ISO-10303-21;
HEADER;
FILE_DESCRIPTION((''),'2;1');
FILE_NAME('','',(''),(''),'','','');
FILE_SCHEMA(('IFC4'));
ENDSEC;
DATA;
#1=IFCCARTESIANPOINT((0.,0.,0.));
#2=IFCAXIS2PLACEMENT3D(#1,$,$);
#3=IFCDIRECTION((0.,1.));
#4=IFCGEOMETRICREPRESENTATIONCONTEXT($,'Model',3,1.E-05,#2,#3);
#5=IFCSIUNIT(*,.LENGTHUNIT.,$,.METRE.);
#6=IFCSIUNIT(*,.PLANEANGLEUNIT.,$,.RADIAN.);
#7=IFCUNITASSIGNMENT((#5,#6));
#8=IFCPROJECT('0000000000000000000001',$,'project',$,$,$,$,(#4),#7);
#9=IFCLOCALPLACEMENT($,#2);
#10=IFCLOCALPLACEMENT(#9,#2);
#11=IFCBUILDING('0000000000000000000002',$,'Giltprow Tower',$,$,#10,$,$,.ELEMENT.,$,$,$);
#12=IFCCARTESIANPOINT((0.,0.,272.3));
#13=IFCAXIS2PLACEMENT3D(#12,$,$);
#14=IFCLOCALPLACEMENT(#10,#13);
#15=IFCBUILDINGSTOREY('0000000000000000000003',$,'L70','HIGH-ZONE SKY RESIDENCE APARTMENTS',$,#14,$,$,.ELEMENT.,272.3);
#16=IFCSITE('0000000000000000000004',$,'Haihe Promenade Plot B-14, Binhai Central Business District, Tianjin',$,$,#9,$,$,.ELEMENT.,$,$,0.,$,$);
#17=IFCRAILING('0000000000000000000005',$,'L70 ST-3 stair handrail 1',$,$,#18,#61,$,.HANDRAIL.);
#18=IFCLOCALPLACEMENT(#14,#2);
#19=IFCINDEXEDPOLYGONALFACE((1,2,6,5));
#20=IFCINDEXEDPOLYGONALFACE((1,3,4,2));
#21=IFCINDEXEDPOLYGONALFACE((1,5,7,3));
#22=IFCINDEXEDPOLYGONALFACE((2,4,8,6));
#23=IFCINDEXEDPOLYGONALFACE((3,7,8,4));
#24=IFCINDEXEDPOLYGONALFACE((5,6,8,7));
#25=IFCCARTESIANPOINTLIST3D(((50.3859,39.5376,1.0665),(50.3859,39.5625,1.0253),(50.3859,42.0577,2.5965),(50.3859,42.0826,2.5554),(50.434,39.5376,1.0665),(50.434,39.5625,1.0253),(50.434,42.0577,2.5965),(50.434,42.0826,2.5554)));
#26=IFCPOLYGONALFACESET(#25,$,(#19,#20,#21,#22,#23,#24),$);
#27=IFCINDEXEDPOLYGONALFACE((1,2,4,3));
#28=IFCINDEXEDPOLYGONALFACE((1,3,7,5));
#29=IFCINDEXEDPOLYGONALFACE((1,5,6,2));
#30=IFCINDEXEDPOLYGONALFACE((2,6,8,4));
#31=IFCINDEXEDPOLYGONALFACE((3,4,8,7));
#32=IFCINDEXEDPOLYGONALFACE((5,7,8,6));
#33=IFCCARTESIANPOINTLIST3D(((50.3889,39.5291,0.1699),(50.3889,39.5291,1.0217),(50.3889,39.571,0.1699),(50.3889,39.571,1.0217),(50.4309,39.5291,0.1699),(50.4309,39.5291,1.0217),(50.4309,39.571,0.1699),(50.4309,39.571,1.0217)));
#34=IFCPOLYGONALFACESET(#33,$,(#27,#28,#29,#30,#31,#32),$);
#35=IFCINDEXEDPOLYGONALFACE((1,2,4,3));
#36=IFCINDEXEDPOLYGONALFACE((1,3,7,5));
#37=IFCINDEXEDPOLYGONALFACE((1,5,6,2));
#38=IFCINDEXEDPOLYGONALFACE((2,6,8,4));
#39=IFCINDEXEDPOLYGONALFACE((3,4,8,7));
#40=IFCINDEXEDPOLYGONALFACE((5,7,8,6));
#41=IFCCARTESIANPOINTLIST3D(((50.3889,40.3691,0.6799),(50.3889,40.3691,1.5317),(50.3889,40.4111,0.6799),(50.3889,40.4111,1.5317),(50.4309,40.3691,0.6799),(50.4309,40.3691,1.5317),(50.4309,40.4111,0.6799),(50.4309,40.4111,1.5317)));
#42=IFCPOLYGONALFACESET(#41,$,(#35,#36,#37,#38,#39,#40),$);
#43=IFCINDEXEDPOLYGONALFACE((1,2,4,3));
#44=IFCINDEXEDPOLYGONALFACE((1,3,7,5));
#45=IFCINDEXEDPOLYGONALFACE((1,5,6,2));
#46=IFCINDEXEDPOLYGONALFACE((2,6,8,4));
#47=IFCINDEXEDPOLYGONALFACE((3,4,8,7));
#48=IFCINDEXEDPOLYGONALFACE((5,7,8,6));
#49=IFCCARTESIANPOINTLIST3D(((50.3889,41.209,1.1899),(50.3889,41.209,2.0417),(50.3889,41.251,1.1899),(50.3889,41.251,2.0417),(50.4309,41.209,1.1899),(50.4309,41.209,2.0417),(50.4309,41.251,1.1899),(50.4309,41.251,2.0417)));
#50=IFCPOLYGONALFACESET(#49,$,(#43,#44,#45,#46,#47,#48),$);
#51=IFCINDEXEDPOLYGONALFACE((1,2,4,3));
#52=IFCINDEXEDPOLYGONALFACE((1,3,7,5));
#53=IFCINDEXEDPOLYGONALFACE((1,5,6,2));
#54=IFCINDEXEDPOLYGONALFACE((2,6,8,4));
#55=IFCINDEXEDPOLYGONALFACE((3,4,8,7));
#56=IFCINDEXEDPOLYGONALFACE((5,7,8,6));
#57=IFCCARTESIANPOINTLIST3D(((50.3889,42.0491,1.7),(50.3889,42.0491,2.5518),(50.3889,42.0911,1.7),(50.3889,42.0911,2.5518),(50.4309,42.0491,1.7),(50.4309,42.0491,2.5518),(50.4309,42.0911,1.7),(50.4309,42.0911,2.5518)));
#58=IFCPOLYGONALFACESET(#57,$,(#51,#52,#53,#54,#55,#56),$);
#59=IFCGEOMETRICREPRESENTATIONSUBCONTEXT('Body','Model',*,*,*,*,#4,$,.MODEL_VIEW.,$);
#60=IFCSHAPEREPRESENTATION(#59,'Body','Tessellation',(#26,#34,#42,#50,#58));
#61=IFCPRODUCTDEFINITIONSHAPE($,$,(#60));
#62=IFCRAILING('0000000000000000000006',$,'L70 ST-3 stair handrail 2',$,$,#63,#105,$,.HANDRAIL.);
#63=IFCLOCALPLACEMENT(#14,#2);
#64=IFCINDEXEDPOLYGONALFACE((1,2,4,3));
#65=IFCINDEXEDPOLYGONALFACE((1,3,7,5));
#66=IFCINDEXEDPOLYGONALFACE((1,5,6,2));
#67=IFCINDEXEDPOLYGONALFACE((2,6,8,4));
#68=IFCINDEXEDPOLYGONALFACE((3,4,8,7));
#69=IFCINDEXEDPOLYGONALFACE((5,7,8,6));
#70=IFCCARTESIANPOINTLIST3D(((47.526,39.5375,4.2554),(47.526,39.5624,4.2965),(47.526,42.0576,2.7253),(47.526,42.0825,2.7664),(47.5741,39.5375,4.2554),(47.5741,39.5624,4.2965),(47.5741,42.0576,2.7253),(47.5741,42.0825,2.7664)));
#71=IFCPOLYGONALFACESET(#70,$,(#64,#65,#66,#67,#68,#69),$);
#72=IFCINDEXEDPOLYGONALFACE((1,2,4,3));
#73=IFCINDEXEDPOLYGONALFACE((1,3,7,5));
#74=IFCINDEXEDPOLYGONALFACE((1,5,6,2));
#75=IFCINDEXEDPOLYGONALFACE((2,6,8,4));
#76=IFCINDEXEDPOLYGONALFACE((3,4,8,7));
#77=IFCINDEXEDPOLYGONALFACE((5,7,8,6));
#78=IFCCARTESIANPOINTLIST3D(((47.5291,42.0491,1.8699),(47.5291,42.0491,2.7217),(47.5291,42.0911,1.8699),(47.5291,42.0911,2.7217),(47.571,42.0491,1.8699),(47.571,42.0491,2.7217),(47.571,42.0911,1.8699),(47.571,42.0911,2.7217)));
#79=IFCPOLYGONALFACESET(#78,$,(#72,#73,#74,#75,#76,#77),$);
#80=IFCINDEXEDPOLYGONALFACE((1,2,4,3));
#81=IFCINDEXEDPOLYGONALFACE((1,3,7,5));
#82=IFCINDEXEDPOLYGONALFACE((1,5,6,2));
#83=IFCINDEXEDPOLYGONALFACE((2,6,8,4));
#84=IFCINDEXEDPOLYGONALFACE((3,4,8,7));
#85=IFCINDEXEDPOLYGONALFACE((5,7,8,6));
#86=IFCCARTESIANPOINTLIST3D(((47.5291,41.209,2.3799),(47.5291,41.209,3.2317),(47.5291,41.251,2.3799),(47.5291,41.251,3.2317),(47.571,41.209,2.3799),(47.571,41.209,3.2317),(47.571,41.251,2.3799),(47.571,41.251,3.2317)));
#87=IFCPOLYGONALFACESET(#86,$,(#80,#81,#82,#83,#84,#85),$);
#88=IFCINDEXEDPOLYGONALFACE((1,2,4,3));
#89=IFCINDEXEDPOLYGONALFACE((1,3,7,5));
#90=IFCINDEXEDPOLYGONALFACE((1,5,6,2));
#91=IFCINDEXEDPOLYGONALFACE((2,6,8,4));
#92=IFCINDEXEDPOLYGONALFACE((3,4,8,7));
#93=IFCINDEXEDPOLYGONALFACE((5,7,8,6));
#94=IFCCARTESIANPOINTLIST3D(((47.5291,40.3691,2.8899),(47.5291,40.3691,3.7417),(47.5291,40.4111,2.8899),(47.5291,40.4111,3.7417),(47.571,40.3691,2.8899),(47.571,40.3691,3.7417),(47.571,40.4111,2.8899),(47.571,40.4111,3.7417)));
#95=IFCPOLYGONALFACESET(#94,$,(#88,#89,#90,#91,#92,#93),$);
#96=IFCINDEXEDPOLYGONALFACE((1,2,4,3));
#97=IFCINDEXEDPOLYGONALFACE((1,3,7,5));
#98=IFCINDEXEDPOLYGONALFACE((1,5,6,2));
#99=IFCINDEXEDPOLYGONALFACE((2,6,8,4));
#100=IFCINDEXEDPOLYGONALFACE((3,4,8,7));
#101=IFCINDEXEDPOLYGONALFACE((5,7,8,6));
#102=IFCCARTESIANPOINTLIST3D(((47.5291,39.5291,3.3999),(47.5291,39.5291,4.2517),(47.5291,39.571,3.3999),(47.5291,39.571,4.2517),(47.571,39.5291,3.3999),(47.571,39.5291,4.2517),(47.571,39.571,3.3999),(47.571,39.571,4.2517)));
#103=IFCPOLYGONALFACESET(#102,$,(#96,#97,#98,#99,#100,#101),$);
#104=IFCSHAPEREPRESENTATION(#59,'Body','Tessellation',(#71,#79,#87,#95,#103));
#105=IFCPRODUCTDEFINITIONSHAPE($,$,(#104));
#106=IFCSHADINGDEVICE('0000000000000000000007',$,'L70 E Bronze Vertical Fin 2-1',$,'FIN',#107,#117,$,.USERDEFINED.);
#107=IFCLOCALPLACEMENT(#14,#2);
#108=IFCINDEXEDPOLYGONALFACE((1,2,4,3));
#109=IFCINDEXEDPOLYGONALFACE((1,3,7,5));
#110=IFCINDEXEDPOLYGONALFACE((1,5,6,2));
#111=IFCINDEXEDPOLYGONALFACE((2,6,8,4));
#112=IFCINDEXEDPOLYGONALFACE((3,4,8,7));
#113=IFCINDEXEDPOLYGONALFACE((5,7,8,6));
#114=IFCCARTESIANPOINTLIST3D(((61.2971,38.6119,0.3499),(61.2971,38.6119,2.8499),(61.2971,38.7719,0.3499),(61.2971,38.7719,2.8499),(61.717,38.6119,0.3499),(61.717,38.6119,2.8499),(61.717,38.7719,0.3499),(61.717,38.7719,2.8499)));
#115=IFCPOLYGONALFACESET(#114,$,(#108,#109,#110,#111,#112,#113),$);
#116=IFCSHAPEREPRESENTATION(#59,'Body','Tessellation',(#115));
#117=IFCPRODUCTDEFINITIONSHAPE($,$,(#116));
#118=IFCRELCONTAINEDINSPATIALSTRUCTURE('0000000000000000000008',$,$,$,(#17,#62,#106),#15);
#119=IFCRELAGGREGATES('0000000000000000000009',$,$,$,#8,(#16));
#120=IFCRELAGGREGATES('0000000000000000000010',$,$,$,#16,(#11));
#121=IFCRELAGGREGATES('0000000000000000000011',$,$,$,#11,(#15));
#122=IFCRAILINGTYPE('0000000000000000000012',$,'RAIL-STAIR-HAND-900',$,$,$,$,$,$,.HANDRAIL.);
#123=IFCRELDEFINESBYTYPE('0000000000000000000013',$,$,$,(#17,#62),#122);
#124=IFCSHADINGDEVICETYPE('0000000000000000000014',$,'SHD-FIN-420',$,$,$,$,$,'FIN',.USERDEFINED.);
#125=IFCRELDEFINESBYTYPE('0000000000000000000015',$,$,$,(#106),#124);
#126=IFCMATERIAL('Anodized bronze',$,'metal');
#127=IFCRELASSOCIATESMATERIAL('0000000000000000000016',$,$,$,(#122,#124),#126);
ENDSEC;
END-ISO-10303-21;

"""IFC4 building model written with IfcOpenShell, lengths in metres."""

from ifc_helpers import new_model, si_unit, direction, frame, origin, origin_2d, place, context, subcontext, project, spatial, rectangle, extrude, source, transform, mapped, material, type_object, element, save


model = new_model("IFC4")

# Units and contexts
model_context = context("Model", 3, precision=1e-05, world=origin(), true_north=direction((0.0, 1.0)))
body_context = subcontext(model_context, "Body", "Model", "MODEL_VIEW")
ifc_project = project(units=[si_unit("LENGTHUNIT", "METRE"), si_unit("PLANEANGLEUNIT", "RADIAN")], contexts=[model_context])

# Site, building, storey
site_placement = place(None, origin())
site = spatial("IfcSite", under=ifc_project, at=site_placement, Name="Haihe Promenade Plot B-14, Binhai Central Business District, Tianjin", CompositionType="ELEMENT", RefElevation=0.0)
building_placement = place(site_placement, origin())
building = spatial("IfcBuilding", under=site, at=building_placement, Name="Giltprow Tower", CompositionType="ELEMENT")
storey_placement = place(building_placement, frame((0.0, 0.0, 272.3)))
storey = spatial("IfcBuildingStorey", under=building, at=storey_placement, Name="L70", Description="HIGH-ZONE SKY RESIDENCE APARTMENTS", CompositionType="ELEMENT", Elevation=272.3)

# Railings
ifc_material_1 = material(Name="Anodized bronze", Category="metal")
railing_type_1 = type_object("IfcRailingType", Name="RAIL-STAIR-HAND-900", PredefinedType="HANDRAIL", material=ifc_material_1)
railing_1_placement = place(storey_placement, frame((50.4099, 39.55, 0.1699)))
element("IfcRailing", 1, at=railing_1_placement, inside=storey, type_object=railing_type_1, Name="L70 ST-3 stair handrail 1", PredefinedType="HANDRAIL", context=body_context, shape_type="SweptSolid", body=[
    extrude(rectangle(XDim=0.0481, YDim=0.0481, at=origin_2d()), frame((0.0, 0.0, 0.876), z_axis=(0.0, 0.854785, 0.518982), x_axis=(-1.0, 0.0, 0.0)), (0.0, 0.0, 1.0), 2.9482),
    extrude(rectangle(XDim=0.042, YDim=0.042, at=origin_2d()), origin(), (0.0, 0.0, 1.0), 0.8518),
    extrude(rectangle(XDim=0.042, YDim=0.042, at=origin_2d()), frame((0.0, 0.8401, 0.51)), (0.0, 0.0, 1.0), 0.8518),
    extrude(rectangle(XDim=0.042, YDim=0.042, at=origin_2d()), frame((0.0, 1.6799, 1.02)), (0.0, 0.0, 1.0), 0.8518),
    extrude(rectangle(XDim=0.042, YDim=0.042, at=origin_2d()), frame((0.0, 2.52, 1.53)), (0.0, 0.0, 1.0), 0.8518),
])
railing_2_placement = place(storey_placement, frame((47.55, 42.0701, 1.8699)))
element("IfcRailing", 2, at=railing_2_placement, inside=storey, type_object=railing_type_1, Name="L70 ST-3 stair handrail 2", PredefinedType="HANDRAIL", context=body_context, shape_type="SweptSolid", body=[
    extrude(rectangle(XDim=0.0481, YDim=0.0481, at=origin_2d()), frame((0.0, 0.0, 0.876), z_axis=(0.0, -0.854785, 0.518982), x_axis=(1.0, 0.0, 0.0)), (0.0, 0.0, 1.0), 2.9482),
    extrude(rectangle(XDim=0.042, YDim=0.042, at=origin_2d()), origin(), (0.0, 0.0, 1.0), 0.8518),
    extrude(rectangle(XDim=0.042, YDim=0.042, at=origin_2d()), frame((0.0, -0.8401, 0.51)), (0.0, 0.0, 1.0), 0.8518),
    extrude(rectangle(XDim=0.042, YDim=0.042, at=origin_2d()), frame((0.0, -1.6799, 1.02)), (0.0, 0.0, 1.0), 0.8518),
    extrude(rectangle(XDim=0.042, YDim=0.042, at=origin_2d()), frame((0.0, -2.52, 1.53)), (0.0, 0.0, 1.0), 0.8518),
])

# Shading device
shading_device_type = type_object("IfcShadingDeviceType", Name="SHD-FIN-420", ElementType="FIN", PredefinedType="USERDEFINED", material=ifc_material_1)
shared_shape_1 = source(origin(), body_context, "Body", "SweptSolid", [
    extrude(rectangle(XDim=0.4199, YDim=0.1599, at=origin_2d()), origin(), (0.0, 0.0, 1.0), 2.5),
])
shading_device_placement = place(storey_placement, frame((61.5071, 38.6919, 0.3499), z_axis=(0.0, 0.0, 1.0), x_axis=(1.0, 0.0, 0.0)))
element("IfcShadingDevice", 3, at=shading_device_placement, inside=storey, type_object=shading_device_type, Name="L70 E Bronze Vertical Fin 2-1", ObjectType="FIN", PredefinedType="USERDEFINED", context=body_context, shape_type="MappedRepresentation", body=[
    mapped(shared_shape_1, transform((0.0, 0.0, 0.0), x_axis=(1.0, 0.0, 0.0), y_axis=(0.0, 1.0, 0.0), z_axis=(0.0, 0.0, 1.0), scale=1.0)),
])

save(model, "model.ifc")
